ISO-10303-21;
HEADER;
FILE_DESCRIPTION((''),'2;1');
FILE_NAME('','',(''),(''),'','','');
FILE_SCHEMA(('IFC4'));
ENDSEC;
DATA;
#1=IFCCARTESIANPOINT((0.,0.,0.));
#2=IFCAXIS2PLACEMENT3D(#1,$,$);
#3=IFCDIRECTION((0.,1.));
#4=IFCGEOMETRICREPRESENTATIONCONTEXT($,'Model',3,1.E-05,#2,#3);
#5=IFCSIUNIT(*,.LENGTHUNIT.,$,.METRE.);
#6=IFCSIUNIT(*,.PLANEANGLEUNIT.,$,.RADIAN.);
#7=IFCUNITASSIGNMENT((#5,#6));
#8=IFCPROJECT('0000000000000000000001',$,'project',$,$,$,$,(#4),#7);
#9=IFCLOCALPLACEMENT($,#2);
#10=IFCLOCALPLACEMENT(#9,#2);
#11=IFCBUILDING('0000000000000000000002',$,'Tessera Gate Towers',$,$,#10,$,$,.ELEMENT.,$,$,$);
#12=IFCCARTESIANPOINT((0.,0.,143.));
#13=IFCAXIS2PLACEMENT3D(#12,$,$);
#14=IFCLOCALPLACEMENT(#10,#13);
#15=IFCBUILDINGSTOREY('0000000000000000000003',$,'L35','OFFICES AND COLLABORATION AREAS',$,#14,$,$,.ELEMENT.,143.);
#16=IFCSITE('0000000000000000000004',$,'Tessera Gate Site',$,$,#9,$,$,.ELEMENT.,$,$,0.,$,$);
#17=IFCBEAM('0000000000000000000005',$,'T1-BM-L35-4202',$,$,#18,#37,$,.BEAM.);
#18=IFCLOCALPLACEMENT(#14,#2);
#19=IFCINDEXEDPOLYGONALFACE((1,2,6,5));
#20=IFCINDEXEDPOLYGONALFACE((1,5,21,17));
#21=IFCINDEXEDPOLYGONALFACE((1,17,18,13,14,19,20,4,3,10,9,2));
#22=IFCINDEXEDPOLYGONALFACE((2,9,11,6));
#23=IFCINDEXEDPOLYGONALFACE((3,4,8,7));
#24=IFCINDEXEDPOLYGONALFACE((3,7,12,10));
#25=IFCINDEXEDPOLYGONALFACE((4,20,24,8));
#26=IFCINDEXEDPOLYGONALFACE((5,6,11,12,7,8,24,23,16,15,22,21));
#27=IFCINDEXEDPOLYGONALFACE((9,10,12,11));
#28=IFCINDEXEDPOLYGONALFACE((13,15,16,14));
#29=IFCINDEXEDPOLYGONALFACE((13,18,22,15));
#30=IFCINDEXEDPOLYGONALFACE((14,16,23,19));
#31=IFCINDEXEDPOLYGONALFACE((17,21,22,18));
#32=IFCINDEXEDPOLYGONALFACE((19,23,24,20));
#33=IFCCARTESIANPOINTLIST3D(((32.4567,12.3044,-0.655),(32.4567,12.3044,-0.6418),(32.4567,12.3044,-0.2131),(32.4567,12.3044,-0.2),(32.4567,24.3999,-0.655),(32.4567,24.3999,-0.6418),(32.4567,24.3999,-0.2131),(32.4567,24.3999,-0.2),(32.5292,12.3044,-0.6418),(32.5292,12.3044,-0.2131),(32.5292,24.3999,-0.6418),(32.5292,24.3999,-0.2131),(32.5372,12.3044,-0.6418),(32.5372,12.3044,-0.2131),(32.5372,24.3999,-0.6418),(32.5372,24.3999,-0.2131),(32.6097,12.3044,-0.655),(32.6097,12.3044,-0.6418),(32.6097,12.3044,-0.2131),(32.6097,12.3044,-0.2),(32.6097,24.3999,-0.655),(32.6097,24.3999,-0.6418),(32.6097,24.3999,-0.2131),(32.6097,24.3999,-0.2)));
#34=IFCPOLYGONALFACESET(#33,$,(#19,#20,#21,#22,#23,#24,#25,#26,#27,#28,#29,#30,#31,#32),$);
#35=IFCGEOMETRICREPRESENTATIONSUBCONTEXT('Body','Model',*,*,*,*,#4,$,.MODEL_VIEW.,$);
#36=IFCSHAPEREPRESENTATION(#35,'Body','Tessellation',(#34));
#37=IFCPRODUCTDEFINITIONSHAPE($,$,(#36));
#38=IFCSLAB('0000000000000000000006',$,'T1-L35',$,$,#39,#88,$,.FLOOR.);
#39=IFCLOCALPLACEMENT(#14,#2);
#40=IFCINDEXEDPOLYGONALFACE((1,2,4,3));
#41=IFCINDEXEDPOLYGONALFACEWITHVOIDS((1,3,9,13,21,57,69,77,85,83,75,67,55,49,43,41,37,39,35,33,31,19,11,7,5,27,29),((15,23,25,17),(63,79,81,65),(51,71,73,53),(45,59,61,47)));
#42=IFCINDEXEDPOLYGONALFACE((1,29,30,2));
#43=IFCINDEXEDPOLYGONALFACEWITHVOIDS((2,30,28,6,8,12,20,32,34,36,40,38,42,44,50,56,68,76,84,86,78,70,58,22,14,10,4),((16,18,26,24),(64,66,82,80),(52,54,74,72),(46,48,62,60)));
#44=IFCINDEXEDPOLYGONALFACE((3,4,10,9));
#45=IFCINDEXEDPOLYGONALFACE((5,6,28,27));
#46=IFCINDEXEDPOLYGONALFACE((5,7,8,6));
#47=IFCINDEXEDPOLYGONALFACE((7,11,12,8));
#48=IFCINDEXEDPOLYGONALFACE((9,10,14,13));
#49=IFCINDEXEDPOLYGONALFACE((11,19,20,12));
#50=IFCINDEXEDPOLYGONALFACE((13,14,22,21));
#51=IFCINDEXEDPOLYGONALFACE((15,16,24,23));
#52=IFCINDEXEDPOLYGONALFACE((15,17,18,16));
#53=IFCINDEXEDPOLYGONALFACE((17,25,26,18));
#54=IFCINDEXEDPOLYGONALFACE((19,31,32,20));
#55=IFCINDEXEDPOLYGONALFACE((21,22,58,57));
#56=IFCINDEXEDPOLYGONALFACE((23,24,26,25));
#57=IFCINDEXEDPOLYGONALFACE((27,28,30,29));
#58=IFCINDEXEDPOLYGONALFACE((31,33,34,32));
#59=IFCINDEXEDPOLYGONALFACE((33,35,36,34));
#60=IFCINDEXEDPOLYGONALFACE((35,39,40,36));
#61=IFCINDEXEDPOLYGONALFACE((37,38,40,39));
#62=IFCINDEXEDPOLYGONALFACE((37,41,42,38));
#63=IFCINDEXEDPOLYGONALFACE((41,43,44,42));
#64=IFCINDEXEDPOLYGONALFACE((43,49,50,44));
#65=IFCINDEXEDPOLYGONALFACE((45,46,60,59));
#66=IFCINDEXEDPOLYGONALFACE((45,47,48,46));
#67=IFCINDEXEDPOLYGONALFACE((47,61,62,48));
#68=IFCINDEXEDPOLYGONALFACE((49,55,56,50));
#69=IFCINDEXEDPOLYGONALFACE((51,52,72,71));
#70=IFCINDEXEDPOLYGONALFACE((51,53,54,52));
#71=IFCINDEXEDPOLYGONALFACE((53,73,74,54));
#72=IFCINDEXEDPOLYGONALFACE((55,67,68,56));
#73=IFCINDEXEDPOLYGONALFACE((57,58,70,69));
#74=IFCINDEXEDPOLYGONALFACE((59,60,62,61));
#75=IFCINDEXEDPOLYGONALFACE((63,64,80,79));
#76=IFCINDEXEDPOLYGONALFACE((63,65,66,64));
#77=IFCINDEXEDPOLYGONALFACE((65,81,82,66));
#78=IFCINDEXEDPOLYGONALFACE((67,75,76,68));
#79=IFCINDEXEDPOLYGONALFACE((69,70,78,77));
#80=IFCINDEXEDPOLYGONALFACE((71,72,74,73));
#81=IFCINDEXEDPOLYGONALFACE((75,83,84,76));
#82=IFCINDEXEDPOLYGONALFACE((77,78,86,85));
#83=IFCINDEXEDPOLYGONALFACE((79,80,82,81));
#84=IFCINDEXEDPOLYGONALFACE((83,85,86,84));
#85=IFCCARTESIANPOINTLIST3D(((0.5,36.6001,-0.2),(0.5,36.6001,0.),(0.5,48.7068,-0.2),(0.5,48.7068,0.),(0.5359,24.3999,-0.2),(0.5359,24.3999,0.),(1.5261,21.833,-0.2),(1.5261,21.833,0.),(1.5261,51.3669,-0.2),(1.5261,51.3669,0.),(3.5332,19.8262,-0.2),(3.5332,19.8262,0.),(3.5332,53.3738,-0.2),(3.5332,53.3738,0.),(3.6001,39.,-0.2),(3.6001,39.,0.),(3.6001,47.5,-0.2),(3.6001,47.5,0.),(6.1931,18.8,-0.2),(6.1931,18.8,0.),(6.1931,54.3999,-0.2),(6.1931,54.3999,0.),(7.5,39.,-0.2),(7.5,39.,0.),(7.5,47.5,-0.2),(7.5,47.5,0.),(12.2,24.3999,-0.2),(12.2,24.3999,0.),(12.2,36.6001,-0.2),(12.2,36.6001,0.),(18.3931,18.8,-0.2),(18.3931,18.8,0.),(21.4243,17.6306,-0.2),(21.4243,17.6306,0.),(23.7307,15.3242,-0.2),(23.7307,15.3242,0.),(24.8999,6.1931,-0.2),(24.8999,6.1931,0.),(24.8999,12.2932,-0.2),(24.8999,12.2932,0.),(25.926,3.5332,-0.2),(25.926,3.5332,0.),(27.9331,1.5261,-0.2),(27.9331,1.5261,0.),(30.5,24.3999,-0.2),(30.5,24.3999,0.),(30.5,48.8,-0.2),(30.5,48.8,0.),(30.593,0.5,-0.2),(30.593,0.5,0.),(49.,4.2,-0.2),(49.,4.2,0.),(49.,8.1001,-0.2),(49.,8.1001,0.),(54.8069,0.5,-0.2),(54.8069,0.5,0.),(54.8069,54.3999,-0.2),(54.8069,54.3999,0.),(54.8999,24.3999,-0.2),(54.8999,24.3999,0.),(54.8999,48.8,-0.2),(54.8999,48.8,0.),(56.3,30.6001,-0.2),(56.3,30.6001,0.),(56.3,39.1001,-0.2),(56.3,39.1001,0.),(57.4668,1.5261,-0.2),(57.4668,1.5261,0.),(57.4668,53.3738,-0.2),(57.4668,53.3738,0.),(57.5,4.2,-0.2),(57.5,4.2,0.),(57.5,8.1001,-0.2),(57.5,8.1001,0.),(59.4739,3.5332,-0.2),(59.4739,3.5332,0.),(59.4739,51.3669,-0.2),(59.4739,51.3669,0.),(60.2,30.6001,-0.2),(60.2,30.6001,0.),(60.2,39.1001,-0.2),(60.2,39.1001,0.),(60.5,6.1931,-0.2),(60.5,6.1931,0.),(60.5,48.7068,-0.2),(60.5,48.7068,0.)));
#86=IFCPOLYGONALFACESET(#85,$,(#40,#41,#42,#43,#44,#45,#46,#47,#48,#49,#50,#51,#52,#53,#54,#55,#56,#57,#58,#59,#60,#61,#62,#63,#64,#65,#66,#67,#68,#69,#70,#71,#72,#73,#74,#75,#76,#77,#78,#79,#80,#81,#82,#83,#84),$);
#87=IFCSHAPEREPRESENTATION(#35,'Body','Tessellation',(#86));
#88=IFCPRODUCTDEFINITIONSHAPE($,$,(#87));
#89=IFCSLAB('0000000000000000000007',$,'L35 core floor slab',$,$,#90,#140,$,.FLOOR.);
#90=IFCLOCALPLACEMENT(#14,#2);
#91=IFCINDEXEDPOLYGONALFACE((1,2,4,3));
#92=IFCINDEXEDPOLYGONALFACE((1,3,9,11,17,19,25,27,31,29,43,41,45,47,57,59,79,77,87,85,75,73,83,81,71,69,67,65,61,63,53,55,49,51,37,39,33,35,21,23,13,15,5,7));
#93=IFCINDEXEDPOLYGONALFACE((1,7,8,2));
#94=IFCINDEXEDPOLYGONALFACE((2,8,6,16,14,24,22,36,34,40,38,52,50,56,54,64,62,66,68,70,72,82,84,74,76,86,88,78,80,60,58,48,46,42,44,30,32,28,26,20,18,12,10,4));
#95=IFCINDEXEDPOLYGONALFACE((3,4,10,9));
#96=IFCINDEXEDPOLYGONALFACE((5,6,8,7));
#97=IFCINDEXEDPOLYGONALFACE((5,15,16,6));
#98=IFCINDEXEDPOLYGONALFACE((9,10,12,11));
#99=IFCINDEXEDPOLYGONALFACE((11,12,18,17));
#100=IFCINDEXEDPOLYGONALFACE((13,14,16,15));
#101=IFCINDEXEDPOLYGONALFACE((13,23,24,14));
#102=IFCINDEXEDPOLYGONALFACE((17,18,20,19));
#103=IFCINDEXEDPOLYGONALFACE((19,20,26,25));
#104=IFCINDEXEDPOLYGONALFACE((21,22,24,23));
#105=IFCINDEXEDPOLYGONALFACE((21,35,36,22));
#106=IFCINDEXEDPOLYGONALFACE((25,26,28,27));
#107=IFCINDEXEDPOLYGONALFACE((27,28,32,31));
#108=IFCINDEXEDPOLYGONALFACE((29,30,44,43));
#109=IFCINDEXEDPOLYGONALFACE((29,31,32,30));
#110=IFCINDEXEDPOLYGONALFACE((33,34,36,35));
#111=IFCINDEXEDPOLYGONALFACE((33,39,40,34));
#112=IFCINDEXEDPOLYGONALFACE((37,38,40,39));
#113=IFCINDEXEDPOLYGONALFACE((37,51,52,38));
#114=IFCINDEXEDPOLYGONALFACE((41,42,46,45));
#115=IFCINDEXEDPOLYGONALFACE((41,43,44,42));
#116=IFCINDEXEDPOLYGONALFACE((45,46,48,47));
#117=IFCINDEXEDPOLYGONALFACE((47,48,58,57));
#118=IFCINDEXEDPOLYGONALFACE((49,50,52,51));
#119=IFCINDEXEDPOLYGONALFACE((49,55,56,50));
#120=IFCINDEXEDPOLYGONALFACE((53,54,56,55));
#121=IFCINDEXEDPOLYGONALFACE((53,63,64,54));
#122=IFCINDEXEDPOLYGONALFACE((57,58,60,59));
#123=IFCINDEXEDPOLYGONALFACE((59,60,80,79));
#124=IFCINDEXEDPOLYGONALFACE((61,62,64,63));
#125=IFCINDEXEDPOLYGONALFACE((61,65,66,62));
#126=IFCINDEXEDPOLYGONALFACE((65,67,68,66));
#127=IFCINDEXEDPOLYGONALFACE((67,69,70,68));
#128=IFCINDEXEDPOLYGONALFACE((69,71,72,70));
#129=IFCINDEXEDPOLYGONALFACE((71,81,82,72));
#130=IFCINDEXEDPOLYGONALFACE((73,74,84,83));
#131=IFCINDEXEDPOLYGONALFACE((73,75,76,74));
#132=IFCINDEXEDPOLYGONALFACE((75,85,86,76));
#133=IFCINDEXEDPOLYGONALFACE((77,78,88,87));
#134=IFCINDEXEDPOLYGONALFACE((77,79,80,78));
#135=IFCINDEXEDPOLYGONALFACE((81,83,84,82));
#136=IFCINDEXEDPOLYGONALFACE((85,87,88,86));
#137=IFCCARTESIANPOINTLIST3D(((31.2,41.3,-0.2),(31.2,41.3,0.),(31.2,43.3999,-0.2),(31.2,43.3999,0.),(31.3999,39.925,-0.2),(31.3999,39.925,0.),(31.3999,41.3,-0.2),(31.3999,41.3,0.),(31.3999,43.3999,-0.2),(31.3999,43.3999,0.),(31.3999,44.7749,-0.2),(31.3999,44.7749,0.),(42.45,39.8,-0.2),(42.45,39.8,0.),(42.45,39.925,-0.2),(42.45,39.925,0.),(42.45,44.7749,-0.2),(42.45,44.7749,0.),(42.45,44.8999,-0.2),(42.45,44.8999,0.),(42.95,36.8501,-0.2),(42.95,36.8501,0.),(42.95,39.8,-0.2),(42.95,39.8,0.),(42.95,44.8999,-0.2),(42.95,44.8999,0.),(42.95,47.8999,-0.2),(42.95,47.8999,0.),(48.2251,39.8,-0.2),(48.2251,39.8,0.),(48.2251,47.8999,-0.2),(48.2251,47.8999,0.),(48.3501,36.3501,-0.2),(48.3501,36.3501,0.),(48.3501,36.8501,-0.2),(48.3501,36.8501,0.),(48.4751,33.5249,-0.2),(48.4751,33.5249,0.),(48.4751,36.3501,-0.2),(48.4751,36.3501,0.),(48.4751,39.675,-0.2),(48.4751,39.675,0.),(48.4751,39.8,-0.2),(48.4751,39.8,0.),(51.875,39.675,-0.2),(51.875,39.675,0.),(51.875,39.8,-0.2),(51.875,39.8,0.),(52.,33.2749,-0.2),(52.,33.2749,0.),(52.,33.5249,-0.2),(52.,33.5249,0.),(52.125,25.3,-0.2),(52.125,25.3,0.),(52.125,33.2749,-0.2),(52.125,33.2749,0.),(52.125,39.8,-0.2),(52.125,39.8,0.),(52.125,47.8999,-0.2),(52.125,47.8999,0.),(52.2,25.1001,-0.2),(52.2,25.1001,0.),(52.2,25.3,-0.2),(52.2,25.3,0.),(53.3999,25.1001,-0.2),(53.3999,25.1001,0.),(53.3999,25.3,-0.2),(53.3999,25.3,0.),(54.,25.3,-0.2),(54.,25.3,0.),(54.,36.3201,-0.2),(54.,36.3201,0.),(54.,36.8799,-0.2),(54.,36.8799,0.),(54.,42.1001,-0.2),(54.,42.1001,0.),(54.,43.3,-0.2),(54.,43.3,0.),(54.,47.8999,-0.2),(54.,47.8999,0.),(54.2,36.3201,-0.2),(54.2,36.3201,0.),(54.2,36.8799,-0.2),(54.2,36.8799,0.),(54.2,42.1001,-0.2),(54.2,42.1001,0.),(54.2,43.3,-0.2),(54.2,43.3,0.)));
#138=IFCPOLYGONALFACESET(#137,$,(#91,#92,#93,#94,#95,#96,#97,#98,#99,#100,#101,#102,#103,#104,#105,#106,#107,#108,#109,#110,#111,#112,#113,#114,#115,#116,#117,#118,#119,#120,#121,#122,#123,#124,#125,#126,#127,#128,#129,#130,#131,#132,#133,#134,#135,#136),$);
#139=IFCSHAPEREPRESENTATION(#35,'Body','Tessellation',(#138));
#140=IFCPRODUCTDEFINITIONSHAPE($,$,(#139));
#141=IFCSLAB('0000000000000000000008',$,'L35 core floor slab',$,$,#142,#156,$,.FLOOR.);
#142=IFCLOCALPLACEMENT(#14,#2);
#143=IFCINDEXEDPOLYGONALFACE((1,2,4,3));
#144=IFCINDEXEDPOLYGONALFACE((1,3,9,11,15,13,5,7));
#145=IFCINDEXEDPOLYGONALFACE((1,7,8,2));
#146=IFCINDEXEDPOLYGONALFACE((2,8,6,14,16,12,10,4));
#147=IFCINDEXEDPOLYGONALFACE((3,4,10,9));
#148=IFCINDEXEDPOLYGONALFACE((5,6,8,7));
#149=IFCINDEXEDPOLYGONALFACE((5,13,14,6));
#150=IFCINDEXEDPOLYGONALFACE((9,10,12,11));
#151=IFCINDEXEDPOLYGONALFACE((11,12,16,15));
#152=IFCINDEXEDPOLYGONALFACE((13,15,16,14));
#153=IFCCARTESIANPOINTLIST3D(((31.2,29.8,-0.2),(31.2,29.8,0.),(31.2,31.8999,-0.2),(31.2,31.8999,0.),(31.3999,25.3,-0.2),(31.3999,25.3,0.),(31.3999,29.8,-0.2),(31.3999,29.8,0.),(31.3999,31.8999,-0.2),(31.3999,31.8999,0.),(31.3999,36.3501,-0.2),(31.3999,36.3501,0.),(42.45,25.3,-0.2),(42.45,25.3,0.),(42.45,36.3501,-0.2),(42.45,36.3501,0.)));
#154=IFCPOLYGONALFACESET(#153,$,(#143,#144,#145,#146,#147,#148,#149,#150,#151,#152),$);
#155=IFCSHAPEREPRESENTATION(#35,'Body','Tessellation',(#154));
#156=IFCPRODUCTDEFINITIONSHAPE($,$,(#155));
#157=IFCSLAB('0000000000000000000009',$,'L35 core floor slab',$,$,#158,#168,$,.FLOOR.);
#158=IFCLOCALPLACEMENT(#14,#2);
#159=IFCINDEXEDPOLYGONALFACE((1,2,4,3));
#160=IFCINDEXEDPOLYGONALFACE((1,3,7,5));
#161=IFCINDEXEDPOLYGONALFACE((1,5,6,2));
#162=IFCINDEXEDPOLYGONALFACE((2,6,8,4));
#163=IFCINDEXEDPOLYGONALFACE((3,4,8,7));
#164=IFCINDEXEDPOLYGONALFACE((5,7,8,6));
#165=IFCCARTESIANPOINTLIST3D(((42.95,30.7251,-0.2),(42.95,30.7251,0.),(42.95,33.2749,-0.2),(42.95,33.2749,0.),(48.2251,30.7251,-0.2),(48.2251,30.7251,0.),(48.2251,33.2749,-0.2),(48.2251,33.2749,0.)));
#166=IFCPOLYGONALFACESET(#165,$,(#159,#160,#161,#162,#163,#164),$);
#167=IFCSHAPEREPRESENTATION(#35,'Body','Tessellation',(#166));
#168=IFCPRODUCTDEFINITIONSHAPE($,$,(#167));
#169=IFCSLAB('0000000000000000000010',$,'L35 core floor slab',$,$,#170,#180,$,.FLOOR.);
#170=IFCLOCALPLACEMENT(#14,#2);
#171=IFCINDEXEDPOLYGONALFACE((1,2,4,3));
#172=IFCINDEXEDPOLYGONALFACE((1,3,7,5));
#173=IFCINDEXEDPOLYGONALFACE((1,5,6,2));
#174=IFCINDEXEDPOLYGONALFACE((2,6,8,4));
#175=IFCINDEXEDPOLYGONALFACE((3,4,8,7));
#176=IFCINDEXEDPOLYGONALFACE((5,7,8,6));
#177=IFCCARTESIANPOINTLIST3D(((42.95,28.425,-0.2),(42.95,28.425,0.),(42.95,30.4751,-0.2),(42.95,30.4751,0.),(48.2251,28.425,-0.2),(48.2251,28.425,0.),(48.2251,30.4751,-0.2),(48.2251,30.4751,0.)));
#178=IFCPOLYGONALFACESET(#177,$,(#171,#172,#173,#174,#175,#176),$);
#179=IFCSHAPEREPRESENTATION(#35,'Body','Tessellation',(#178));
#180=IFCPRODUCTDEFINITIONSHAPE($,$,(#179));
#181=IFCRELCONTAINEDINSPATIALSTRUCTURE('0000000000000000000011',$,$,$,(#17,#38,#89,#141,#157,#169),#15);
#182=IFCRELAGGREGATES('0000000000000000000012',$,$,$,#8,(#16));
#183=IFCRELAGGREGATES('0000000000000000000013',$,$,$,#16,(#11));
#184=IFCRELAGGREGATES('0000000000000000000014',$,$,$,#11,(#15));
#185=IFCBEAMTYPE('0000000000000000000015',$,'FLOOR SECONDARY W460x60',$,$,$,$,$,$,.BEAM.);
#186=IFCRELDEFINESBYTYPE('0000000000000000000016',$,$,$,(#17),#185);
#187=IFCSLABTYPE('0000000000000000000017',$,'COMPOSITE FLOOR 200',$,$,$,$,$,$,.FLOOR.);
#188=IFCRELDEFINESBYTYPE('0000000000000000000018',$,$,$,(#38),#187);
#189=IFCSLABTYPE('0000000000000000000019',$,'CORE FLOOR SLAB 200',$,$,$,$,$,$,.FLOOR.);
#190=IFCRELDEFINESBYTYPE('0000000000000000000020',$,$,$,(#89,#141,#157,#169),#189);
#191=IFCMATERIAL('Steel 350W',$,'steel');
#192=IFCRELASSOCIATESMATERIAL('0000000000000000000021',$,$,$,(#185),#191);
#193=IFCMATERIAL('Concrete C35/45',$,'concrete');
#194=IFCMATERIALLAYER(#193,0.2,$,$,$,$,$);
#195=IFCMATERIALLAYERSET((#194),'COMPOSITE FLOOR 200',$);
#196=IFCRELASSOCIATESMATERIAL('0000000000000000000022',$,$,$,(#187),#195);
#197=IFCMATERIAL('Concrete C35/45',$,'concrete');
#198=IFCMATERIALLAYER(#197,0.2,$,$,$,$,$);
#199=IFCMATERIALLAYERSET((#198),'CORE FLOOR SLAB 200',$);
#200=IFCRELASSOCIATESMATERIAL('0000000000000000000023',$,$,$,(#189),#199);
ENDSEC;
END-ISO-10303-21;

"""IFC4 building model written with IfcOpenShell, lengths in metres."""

from ifc_helpers import new_model, si_unit, direction, frame, origin, origin_2d, place, context, subcontext, project, spatial, polyline, i_section, outline, extrude, material, layer, layer_set, material_profile, profile_set, type_object, element, save


model = new_model("IFC4")

# Units and contexts
model_context = context("Model", 3, precision=1e-05, world=origin(), true_north=direction((0.0, 1.0)))
body_context = subcontext(model_context, "Body", "Model", "MODEL_VIEW")
ifc_project = project(units=[si_unit("LENGTHUNIT", "METRE"), si_unit("PLANEANGLEUNIT", "RADIAN")], contexts=[model_context])

# Site, building, storey
site_placement = place(None, origin())
site = spatial("IfcSite", under=ifc_project, at=site_placement, Name="Tessera Gate Site", CompositionType="ELEMENT", RefElevation=0.0)
building_placement = place(site_placement, origin())
building = spatial("IfcBuilding", under=site, at=building_placement, Name="Tessera Gate Towers", CompositionType="ELEMENT")
storey_placement = place(building_placement, frame((0.0, 0.0, 143.0)))
storey = spatial("IfcBuildingStorey", under=building, at=storey_placement, Name="L35", Description="OFFICES AND COLLABORATION AREAS", CompositionType="ELEMENT", Elevation=143.0)

# Beam
ifc_material_1 = material(Name="Steel 350W", Category="steel")
ifc_material_profile_1 = material_profile(ifc_material_1, i_section(OverallWidth=0.1531, OverallDepth=0.4551, WebThickness=0.0081, FlangeThickness=0.0132, at=origin_2d()), Name="W460x60")
ifc_profile_set_1 = profile_set([ifc_material_profile_1], Name="Steel 350W")
beam_type_1 = type_object("IfcBeamType", Name="FLOOR SECONDARY W460x60", PredefinedType="BEAM", material=ifc_profile_set_1)
beam_1_placement = place(storey_placement, frame((32.5332, 12.3044, -0.4275), z_axis=(0.0, 1.0, 0.0), x_axis=(-1.0, 0.0, 0.0)))
element("IfcBeam", 1, at=beam_1_placement, inside=storey, type_object=beam_type_1, Name="T1-BM-L35-4202", PredefinedType="BEAM", context=body_context, shape_type="SweptSolid", body=[
    extrude(i_section(OverallWidth=0.1531, OverallDepth=0.4551, WebThickness=0.0081, FlangeThickness=0.0132, at=origin_2d()), origin(), (0.0, 0.0, 1.0), 12.0955),
])

# Slabs
ifc_material_2 = material(Name="Concrete C35/45", Category="concrete")
ifc_layer_1 = layer(ifc_material_2, 0.2)
ifc_layer_set_1 = layer_set([ifc_layer_1], Name="COMPOSITE FLOOR 200")
slab_type_1 = type_object("IfcSlabType", Name="COMPOSITE FLOOR 200", PredefinedType="FLOOR", material=ifc_layer_set_1)
slab_1_placement = place(storey_placement, frame((0.0, 0.0, -0.2)))
element("IfcSlab", 2, at=slab_1_placement, inside=storey, type_object=slab_type_1, Name="T1-L35", PredefinedType="FLOOR", context=body_context, shape_type="SweptSolid", body=[
    extrude(outline(polyline([(0.5, 36.6001), (12.2, 36.6001), (12.2, 24.3999), (0.5359, 24.3999), (1.5261, 21.833), (3.5332, 19.8262), (6.1931, 18.8), (18.3931, 18.8), (21.4243, 17.6306), (23.7307, 15.3242), (24.8999, 12.2932), (24.8999, 6.1931), (25.926, 3.5332), (27.9331, 1.5261), (30.593, 0.5), (54.8069, 0.5), (57.4668, 1.5261), (59.4739, 3.5332), (60.5, 6.1931), (60.5, 48.7068), (59.4739, 51.3669), (57.4668, 53.3738), (54.8069, 54.3999), (6.1931, 54.3999), (3.5332, 53.3738), (1.5261, 51.3669), (0.5, 48.7068), (0.5, 36.6001)]), holes=[polyline([(3.6001, 39.0), (3.6001, 47.5), (7.5, 47.5), (7.5, 39.0), (3.6001, 39.0)]), polyline([(30.5, 24.3999), (30.5, 48.8), (54.8999, 48.8), (54.8999, 24.3999), (30.5, 24.3999)]), polyline([(49.0, 4.2), (49.0, 8.1001), (57.5, 8.1001), (57.5, 4.2), (49.0, 4.2)]), polyline([(56.3, 30.6001), (56.3, 39.1001), (60.2, 39.1001), (60.2, 30.6001), (56.3, 30.6001)])]), origin(), (0.0, 0.0, 1.0), 0.2),
])
ifc_material_3 = material(Name="Concrete C35/45", Category="concrete")
ifc_layer_2 = layer(ifc_material_3, 0.2)
ifc_layer_set_2 = layer_set([ifc_layer_2], Name="CORE FLOOR SLAB 200")
slab_type_2 = type_object("IfcSlabType", Name="CORE FLOOR SLAB 200", PredefinedType="FLOOR", material=ifc_layer_set_2)
slab_2_placement = place(storey_placement, frame((0.0, 0.0, -0.2)))
element("IfcSlab", 3, at=slab_2_placement, inside=storey, type_object=slab_type_2, Name="L35 core floor slab", PredefinedType="FLOOR", context=body_context, shape_type="SweptSolid", body=[
    extrude(outline(polyline([(42.45, 44.8999), (42.45, 44.7749), (31.3999, 44.7749), (31.3999, 43.3999), (31.2, 43.3999), (31.2, 41.3), (31.3999, 41.3), (31.3999, 39.925), (42.45, 39.925), (42.45, 39.8), (42.95, 39.8), (42.95, 36.8501), (48.3501, 36.8501), (48.3501, 36.3501), (48.4751, 36.3501), (48.4751, 33.5249), (52.0, 33.5249), (52.0, 33.2749), (52.125, 33.2749), (52.125, 25.3), (52.2, 25.3), (52.2, 25.1001), (53.3999, 25.1001), (53.3999, 25.3), (54.0, 25.3), (54.0, 36.3201), (54.2, 36.3201), (54.2, 36.8799), (54.0, 36.8799), (54.0, 42.1001), (54.2, 42.1001), (54.2, 43.3), (54.0, 43.3), (54.0, 47.8999), (52.125, 47.8999), (52.125, 39.8), (51.875, 39.8), (51.875, 39.675), (48.4751, 39.675), (48.4751, 39.8), (48.2251, 39.8), (48.2251, 47.8999), (42.95, 47.8999), (42.95, 44.8999), (42.45, 44.8999)])), origin(), (0.0, 0.0, 1.0), 0.2),
])
slab_3_placement = place(storey_placement, frame((0.0, 0.0, -0.2)))
element("IfcSlab", 4, at=slab_3_placement, inside=storey, type_object=slab_type_2, Name="L35 core floor slab", PredefinedType="FLOOR", context=body_context, shape_type="SweptSolid", body=[
    extrude(outline(polyline([(31.3999, 36.3501), (31.3999, 31.8999), (31.2, 31.8999), (31.2, 29.8), (31.3999, 29.8), (31.3999, 25.3), (42.45, 25.3), (42.45, 36.3501), (31.3999, 36.3501)])), origin(), (0.0, 0.0, 1.0), 0.2),
])
slab_4_placement = place(storey_placement, frame((0.0, 0.0, -0.2)))
element("IfcSlab", 5, at=slab_4_placement, inside=storey, type_object=slab_type_2, Name="L35 core floor slab", PredefinedType="FLOOR", context=body_context, shape_type="SweptSolid", body=[
    extrude(outline(polyline([(42.95, 33.2749), (42.95, 30.7251), (48.2251, 30.7251), (48.2251, 33.2749), (42.95, 33.2749)])), origin(), (0.0, 0.0, 1.0), 0.2),
])
slab_5_placement = place(storey_placement, frame((0.0, 0.0, -0.2)))
element("IfcSlab", 6, at=slab_5_placement, inside=storey, type_object=slab_type_2, Name="L35 core floor slab", PredefinedType="FLOOR", context=body_context, shape_type="SweptSolid", body=[
    extrude(outline(polyline([(48.2251, 30.4751), (42.95, 30.4751), (42.95, 28.425), (48.2251, 28.425), (48.2251, 30.4751)])), origin(), (0.0, 0.0, 1.0), 0.2),
])

save(model, "model.ifc")
